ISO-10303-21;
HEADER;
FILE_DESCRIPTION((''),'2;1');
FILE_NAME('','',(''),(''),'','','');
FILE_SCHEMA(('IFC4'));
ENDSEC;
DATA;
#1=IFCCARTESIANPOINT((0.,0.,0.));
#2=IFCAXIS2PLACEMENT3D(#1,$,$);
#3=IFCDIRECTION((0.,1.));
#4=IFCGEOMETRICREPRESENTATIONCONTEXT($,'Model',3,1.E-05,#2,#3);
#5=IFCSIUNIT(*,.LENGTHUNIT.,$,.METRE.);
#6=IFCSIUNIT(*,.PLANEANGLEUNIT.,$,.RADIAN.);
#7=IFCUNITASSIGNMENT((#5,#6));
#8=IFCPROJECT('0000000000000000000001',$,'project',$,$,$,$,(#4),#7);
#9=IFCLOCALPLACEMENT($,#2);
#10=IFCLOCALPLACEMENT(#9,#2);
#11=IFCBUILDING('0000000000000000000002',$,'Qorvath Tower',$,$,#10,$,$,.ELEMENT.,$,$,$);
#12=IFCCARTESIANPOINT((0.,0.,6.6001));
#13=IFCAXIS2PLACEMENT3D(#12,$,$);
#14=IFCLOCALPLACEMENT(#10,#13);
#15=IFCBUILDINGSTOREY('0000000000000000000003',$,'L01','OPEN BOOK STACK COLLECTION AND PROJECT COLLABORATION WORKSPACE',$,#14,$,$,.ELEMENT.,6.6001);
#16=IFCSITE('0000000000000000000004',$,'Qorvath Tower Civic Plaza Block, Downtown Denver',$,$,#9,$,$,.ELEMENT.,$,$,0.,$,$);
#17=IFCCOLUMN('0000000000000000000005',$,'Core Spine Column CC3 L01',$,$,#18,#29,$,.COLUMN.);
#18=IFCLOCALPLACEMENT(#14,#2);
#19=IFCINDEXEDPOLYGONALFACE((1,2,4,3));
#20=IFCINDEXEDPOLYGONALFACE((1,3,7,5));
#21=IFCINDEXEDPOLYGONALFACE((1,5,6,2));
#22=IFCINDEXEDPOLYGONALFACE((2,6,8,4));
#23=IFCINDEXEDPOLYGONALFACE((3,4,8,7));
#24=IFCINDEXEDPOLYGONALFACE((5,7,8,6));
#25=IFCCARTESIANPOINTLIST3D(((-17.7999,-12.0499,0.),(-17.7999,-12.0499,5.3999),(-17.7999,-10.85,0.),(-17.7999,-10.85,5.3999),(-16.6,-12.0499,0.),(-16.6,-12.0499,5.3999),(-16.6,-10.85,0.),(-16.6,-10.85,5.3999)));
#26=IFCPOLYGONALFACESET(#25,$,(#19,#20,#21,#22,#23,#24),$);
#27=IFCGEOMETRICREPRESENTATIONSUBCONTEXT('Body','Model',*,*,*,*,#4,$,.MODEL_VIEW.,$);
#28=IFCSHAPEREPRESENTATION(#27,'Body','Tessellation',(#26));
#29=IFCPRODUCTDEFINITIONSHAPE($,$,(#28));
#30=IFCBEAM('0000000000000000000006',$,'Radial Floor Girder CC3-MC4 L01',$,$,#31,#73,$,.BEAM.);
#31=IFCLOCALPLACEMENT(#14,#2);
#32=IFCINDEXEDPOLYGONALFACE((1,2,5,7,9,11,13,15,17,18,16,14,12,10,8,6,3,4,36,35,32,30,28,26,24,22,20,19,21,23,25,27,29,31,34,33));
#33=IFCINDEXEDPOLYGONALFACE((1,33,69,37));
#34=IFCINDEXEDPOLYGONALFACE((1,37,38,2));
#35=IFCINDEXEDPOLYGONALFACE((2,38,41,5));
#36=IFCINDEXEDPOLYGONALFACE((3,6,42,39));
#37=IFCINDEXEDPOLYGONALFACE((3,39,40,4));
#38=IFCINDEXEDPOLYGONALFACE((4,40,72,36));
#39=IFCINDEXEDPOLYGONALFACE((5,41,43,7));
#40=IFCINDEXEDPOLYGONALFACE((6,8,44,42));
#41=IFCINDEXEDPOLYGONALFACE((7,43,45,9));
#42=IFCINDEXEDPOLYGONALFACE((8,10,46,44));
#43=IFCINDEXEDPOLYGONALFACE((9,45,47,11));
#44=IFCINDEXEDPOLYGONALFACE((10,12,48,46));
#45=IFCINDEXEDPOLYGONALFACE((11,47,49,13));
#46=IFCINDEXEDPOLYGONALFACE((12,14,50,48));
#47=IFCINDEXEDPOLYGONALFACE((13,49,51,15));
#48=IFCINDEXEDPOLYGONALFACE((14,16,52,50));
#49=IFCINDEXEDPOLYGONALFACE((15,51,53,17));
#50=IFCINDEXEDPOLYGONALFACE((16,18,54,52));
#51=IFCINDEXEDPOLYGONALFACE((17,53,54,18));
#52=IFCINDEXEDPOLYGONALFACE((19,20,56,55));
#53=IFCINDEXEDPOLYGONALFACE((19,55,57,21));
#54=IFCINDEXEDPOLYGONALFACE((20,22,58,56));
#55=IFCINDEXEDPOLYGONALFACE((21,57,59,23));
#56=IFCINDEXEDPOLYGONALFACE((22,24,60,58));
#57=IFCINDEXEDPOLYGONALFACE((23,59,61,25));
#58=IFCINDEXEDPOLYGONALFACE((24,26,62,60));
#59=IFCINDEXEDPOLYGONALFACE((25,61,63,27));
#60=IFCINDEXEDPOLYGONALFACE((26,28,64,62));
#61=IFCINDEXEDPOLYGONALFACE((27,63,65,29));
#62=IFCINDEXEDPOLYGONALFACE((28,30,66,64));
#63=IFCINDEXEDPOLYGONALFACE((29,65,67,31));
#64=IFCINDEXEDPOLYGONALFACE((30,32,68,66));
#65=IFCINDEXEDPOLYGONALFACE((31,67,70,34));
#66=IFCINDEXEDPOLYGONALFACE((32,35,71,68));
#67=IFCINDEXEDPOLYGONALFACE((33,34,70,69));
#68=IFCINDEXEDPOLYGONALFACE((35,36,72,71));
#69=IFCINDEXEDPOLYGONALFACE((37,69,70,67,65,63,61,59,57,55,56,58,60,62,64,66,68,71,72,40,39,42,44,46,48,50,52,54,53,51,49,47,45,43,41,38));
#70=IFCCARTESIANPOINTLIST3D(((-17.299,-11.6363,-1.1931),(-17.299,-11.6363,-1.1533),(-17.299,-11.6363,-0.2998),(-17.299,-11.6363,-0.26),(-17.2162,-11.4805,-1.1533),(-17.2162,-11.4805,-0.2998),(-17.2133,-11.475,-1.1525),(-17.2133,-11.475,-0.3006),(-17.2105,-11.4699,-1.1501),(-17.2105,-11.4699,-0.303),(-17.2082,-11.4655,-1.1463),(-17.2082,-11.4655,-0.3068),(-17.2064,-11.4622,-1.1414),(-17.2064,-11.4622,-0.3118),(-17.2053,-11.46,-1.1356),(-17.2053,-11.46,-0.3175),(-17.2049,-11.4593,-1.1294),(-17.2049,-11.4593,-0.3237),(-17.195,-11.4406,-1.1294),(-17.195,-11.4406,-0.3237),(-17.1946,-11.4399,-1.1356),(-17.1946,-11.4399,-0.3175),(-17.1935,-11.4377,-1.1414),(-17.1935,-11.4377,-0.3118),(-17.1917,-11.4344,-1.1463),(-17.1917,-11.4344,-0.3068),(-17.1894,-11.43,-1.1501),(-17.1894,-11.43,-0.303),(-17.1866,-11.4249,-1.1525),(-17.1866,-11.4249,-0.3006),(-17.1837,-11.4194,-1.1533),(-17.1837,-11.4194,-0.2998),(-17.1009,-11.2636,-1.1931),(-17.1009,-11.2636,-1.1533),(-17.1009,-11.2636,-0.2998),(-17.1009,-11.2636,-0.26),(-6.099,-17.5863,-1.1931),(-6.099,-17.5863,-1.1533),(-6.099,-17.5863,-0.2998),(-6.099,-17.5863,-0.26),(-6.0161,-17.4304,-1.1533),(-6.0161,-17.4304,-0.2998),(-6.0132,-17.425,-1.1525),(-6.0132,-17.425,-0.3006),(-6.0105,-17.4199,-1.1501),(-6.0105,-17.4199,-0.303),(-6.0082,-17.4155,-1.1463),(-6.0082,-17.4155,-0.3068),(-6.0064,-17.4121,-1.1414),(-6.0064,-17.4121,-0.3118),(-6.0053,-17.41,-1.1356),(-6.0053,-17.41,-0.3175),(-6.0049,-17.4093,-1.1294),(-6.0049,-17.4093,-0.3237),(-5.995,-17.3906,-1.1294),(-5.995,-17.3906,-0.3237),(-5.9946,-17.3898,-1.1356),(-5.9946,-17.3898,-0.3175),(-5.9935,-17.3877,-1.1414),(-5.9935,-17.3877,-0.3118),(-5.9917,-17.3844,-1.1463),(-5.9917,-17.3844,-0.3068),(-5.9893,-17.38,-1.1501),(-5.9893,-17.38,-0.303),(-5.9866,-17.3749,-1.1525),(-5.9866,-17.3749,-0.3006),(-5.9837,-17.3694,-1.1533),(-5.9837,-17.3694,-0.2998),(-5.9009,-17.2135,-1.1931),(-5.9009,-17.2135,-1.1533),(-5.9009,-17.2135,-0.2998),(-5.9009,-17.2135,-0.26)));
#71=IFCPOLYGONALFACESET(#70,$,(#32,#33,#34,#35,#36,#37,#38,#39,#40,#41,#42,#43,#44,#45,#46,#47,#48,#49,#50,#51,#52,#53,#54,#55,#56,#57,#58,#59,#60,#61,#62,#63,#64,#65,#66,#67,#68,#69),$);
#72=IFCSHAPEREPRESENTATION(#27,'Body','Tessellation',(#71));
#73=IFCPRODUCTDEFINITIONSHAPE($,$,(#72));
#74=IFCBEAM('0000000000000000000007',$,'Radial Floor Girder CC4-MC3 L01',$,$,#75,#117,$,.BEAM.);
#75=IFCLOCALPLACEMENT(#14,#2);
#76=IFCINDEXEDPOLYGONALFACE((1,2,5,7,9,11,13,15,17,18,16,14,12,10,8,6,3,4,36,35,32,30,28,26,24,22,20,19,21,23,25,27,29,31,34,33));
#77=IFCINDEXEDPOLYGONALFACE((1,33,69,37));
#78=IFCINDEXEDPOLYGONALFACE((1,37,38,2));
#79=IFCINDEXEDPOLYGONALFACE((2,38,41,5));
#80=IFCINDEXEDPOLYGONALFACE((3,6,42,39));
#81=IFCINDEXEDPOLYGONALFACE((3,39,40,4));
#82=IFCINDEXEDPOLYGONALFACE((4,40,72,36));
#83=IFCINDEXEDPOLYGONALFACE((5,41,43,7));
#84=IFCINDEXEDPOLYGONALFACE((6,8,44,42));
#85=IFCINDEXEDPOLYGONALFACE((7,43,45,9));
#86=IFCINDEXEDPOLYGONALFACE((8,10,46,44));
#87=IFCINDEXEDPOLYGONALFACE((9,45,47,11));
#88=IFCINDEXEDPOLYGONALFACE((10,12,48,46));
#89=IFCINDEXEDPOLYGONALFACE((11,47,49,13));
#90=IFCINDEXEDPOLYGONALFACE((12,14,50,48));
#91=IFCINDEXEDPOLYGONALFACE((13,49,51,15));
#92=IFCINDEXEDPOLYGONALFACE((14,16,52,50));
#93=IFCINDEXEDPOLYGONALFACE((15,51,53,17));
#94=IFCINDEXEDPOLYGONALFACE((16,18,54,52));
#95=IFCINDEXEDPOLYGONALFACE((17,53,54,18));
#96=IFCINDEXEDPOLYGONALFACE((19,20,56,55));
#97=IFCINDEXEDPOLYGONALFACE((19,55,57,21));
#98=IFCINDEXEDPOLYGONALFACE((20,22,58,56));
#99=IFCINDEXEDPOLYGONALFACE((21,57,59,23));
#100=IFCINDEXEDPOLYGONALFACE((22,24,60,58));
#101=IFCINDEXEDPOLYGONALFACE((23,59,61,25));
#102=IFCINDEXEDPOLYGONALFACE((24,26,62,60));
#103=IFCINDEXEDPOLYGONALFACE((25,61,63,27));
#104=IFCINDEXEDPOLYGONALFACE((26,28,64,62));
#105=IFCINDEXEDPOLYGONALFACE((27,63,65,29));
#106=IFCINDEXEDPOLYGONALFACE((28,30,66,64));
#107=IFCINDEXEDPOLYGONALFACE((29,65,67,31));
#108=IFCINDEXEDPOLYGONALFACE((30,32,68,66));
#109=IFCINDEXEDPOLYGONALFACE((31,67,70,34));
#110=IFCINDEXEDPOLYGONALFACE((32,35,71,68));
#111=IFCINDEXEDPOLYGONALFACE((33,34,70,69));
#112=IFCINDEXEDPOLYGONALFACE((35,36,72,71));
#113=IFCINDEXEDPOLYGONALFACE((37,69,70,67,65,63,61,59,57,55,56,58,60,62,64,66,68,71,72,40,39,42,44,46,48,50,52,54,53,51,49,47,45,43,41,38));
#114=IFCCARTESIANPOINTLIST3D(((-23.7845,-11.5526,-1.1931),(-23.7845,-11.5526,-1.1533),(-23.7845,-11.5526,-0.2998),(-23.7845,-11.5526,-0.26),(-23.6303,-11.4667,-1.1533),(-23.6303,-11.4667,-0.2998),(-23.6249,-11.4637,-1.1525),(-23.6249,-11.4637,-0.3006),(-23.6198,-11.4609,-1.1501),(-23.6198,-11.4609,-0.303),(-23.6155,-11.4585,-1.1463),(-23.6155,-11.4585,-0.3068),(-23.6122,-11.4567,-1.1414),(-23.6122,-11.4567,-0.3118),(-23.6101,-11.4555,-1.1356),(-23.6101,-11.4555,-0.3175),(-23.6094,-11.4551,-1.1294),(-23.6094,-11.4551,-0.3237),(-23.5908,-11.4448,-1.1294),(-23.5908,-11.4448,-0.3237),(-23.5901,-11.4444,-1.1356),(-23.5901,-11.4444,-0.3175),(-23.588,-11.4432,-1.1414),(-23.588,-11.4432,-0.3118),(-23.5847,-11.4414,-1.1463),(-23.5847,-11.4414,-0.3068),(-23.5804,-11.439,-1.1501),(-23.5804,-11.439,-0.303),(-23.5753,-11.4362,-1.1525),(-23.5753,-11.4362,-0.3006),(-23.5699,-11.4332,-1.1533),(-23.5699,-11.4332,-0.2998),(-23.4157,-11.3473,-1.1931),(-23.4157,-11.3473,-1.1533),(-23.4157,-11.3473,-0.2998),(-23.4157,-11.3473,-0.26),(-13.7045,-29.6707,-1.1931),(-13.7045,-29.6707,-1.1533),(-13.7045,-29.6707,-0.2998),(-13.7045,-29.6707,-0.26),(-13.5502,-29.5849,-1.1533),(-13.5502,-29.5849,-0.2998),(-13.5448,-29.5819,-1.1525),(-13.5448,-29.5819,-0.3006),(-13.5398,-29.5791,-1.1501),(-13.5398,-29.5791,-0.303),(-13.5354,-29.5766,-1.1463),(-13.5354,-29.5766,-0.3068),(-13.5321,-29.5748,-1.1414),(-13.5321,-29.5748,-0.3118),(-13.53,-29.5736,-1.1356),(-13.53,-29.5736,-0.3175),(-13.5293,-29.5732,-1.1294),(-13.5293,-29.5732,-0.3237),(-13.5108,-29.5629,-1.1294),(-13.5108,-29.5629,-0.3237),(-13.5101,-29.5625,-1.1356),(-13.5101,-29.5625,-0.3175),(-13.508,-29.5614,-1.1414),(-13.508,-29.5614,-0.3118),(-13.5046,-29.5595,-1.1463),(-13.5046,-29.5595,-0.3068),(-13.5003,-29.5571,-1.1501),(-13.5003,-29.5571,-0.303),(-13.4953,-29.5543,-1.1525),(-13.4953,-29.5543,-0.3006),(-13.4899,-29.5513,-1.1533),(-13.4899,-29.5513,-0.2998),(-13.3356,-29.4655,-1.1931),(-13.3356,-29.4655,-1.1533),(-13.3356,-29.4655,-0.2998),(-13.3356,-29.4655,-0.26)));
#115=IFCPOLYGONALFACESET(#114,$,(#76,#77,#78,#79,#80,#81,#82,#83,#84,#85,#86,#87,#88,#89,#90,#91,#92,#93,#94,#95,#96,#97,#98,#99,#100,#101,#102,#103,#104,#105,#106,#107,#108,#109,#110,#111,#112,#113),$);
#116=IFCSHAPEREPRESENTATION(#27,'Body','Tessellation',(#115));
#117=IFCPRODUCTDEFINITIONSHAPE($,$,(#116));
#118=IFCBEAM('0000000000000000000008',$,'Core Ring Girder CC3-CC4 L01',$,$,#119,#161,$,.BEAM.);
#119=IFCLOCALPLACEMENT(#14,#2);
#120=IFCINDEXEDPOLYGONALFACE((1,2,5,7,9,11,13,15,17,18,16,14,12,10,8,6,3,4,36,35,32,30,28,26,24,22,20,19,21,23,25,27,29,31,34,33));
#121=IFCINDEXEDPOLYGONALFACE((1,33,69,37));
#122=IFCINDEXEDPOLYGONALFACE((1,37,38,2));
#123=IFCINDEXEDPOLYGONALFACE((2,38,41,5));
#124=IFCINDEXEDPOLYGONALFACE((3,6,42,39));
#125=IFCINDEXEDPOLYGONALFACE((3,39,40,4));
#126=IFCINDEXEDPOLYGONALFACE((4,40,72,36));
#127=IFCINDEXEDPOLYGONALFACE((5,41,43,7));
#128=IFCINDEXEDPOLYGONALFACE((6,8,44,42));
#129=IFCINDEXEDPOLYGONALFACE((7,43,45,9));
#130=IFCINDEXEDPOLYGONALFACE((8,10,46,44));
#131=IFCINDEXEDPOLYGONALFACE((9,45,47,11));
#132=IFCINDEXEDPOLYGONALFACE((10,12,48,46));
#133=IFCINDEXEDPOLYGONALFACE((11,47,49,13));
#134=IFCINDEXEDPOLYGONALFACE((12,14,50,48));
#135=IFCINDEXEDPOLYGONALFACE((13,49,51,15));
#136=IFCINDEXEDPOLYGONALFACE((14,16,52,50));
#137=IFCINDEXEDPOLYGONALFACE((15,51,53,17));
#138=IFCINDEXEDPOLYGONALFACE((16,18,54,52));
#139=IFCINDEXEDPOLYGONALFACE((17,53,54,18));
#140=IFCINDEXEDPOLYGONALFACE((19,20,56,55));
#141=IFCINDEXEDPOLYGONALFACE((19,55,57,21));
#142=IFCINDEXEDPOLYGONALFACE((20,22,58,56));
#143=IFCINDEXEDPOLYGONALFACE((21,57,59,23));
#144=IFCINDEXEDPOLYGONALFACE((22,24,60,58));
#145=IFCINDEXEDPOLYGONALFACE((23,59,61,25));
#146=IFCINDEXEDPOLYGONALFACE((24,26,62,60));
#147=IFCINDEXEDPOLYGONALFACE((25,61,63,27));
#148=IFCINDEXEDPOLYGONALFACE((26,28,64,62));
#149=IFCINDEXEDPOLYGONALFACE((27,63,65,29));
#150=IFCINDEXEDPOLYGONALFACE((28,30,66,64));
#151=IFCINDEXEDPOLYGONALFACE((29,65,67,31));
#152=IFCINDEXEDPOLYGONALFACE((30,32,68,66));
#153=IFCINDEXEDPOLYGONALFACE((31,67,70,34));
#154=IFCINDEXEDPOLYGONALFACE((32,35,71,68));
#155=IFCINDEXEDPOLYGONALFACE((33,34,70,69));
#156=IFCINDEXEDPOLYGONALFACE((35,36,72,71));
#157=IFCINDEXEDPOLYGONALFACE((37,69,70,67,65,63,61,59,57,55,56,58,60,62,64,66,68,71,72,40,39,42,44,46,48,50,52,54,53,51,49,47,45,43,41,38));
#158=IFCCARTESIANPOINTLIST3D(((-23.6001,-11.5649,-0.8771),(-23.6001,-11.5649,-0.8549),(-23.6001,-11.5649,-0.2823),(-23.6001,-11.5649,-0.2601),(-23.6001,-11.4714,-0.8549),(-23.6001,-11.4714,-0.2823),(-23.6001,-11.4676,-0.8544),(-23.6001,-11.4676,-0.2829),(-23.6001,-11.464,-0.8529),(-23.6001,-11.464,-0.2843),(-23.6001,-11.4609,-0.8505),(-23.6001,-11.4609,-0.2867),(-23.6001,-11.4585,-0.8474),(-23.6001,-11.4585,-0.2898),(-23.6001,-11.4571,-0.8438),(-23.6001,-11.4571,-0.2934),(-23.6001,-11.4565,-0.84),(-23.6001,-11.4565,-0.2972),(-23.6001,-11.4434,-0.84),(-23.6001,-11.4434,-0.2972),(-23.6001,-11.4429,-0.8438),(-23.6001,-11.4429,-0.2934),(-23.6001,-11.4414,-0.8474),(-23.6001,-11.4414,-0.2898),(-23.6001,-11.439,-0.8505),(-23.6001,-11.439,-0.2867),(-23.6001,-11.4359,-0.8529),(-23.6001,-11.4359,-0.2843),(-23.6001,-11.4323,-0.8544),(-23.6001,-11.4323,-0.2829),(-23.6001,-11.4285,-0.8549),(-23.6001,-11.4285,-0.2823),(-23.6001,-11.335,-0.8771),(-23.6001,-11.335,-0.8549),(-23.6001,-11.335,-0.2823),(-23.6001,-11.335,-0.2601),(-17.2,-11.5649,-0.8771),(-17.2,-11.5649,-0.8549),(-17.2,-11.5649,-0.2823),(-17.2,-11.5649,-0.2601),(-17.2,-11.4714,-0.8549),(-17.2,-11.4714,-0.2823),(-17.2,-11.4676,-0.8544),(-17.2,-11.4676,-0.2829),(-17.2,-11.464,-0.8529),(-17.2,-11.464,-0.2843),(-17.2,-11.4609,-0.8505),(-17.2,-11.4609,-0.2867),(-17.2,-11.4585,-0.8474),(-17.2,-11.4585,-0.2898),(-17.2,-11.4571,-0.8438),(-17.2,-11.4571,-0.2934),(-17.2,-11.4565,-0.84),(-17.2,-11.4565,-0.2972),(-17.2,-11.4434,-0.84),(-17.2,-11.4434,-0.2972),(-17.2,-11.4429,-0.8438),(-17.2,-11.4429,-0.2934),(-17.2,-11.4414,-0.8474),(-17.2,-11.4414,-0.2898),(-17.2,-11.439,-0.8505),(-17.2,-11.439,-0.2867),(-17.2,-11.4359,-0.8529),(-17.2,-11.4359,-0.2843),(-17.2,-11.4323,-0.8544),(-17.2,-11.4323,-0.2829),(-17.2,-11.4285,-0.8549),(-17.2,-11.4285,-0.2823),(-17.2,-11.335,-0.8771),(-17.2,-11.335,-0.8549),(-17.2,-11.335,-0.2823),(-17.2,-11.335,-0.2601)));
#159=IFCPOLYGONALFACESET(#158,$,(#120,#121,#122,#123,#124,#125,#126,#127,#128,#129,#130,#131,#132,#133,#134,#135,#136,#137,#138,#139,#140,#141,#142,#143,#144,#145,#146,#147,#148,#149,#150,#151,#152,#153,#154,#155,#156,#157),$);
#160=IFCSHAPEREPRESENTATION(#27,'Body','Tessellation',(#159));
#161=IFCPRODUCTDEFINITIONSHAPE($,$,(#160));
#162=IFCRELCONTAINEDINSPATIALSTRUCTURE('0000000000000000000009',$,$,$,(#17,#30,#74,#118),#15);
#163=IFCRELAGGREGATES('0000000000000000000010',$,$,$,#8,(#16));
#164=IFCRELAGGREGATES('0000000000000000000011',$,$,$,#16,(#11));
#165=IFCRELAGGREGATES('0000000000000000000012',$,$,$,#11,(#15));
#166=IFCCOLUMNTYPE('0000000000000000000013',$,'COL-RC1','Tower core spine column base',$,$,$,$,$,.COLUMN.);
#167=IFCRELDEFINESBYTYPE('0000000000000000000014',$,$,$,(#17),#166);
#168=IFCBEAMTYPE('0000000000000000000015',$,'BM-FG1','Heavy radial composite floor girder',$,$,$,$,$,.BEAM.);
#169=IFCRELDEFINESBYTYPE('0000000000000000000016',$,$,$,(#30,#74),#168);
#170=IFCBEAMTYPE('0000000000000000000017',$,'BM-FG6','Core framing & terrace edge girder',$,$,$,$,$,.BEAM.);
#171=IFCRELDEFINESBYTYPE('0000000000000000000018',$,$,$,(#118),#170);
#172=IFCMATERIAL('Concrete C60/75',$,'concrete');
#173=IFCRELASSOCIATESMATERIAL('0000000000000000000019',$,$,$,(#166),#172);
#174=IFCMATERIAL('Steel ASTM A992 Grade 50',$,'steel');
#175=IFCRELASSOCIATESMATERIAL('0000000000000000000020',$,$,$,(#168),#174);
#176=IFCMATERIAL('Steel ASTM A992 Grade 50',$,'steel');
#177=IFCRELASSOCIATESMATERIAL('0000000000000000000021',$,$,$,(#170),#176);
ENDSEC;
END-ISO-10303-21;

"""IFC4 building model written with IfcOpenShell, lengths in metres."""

from ifc_helpers import new_model, si_unit, direction, frame, origin, origin_2d, place, context, subcontext, project, spatial, rectangle, i_section, extrude, material, material_profile, profile_set, type_object, element, save


model = new_model("IFC4")

# Units and contexts
model_context = context("Model", 3, precision=1e-05, world=origin(), true_north=direction((0.0, 1.0)))
body_context = subcontext(model_context, "Body", "Model", "MODEL_VIEW")
ifc_project = project(units=[si_unit("LENGTHUNIT", "METRE"), si_unit("PLANEANGLEUNIT", "RADIAN")], contexts=[model_context])

# Site, building, storey
site_placement = place(None, origin())
site = spatial("IfcSite", under=ifc_project, at=site_placement, Name="Qorvath Tower Civic Plaza Block, Downtown Denver", CompositionType="ELEMENT", RefElevation=0.0)
building_placement = place(site_placement, origin())
building = spatial("IfcBuilding", under=site, at=building_placement, Name="Qorvath Tower", CompositionType="ELEMENT")
storey_placement = place(building_placement, frame((0.0, 0.0, 6.6001)))
storey = spatial("IfcBuildingStorey", under=building, at=storey_placement, Name="L01", Description="OPEN BOOK STACK COLLECTION AND PROJECT COLLABORATION WORKSPACE", CompositionType="ELEMENT", Elevation=6.6001)

# Column
ifc_material_1 = material(Name="Concrete C60/75", Category="concrete")
ifc_material_profile_1 = material_profile(ifc_material_1, rectangle(XDim=1.2, YDim=1.2, at=origin_2d()), Name="RC 1200x1200")
ifc_profile_set_1 = profile_set([ifc_material_profile_1], Name="Concrete C60/75")
column_type = type_object("IfcColumnType", Name="COL-RC1", Description="Tower core spine column base", PredefinedType="COLUMN", material=ifc_profile_set_1)
column_placement = place(storey_placement, frame((-17.2, -11.45, 0.0), z_axis=(0.0, 0.0, 1.0), x_axis=(1.0, 0.0, 0.0)))
element("IfcColumn", 1, at=column_placement, inside=storey, type_object=column_type, Name="Core Spine Column CC3 L01", PredefinedType="COLUMN", context=body_context, shape_type="SweptSolid", body=[
    extrude(rectangle(XDim=1.2, YDim=1.2, at=origin_2d()), origin(), (0.0, 0.0, 1.0), 5.3999),
])

# Beams
ifc_material_2 = material(Name="Steel ASTM A992 Grade 50", Category="steel")
ifc_material_profile_2 = material_profile(ifc_material_2, i_section(OverallWidth=0.4221, OverallDepth=0.9331, WebThickness=0.0212, FlangeThickness=0.0398, FilletRadius=0.0239, at=origin_2d()), Name="W36x262")
ifc_profile_set_2 = profile_set([ifc_material_profile_2], Name="Steel ASTM A992 Grade 50")
beam_type_1 = type_object("IfcBeamType", Name="BM-FG1", Description="Heavy radial composite floor girder", PredefinedType="BEAM", material=ifc_profile_set_2)
beam_1_placement = place(storey_placement, frame((-17.2, -11.45, -0.7266), z_axis=(0.883116, -0.469154, 0.0), x_axis=(0.469154, 0.883116, 0.0)))
element("IfcBeam", 2, at=beam_1_placement, inside=storey, type_object=beam_type_1, Name="Radial Floor Girder CC3-MC4 L01", PredefinedType="BEAM", context=body_context, shape_type="SweptSolid", body=[
    extrude(i_section(OverallWidth=0.4221, OverallDepth=0.9331, WebThickness=0.0212, FlangeThickness=0.0398, FilletRadius=0.0239, at=origin_2d()), origin(), (0.0, 0.0, 1.0), 12.6824),
])
beam_2_placement = place(storey_placement, frame((-23.6001, -11.45, -0.7266), z_axis=(0.486175, -0.873862, 0.0), x_axis=(0.873862, 0.486175, 0.0)))
element("IfcBeam", 3, at=beam_2_placement, inside=storey, type_object=beam_type_1, Name="Radial Floor Girder CC4-MC3 L01", PredefinedType="BEAM", context=body_context, shape_type="SweptSolid", body=[
    extrude(i_section(OverallWidth=0.4221, OverallDepth=0.9331, WebThickness=0.0212, FlangeThickness=0.0398, FilletRadius=0.0239, at=origin_2d()), origin(), (0.0, 0.0, 1.0), 20.7334),
])
ifc_material_3 = material(Name="Steel ASTM A992 Grade 50", Category="steel")
ifc_material_profile_3 = material_profile(ifc_material_3, i_section(OverallWidth=0.23, OverallDepth=0.6169, WebThickness=0.0132, FlangeThickness=0.0222, FilletRadius=0.0149, at=origin_2d()), Name="W24x94")
ifc_profile_set_3 = profile_set([ifc_material_profile_3], Name="Steel ASTM A992 Grade 50")
beam_type_2 = type_object("IfcBeamType", Name="BM-FG6", Description="Core framing & terrace edge girder", PredefinedType="BEAM", material=ifc_profile_set_3)
beam_3_placement = place(storey_placement, frame((-17.2, -11.45, -0.5686), z_axis=(-1.0, 0.0, 0.0), x_axis=(0.0, -1.0, 0.0)))
element("IfcBeam", 4, at=beam_3_placement, inside=storey, type_object=beam_type_2, Name="Core Ring Girder CC3-CC4 L01", PredefinedType="BEAM", context=body_context, shape_type="SweptSolid", body=[
    extrude(i_section(OverallWidth=0.23, OverallDepth=0.6169, WebThickness=0.0132, FlangeThickness=0.0222, FilletRadius=0.0149, at=origin_2d()), origin(), (0.0, 0.0, 1.0), 6.4001),
])

save(model, "model.ifc")
